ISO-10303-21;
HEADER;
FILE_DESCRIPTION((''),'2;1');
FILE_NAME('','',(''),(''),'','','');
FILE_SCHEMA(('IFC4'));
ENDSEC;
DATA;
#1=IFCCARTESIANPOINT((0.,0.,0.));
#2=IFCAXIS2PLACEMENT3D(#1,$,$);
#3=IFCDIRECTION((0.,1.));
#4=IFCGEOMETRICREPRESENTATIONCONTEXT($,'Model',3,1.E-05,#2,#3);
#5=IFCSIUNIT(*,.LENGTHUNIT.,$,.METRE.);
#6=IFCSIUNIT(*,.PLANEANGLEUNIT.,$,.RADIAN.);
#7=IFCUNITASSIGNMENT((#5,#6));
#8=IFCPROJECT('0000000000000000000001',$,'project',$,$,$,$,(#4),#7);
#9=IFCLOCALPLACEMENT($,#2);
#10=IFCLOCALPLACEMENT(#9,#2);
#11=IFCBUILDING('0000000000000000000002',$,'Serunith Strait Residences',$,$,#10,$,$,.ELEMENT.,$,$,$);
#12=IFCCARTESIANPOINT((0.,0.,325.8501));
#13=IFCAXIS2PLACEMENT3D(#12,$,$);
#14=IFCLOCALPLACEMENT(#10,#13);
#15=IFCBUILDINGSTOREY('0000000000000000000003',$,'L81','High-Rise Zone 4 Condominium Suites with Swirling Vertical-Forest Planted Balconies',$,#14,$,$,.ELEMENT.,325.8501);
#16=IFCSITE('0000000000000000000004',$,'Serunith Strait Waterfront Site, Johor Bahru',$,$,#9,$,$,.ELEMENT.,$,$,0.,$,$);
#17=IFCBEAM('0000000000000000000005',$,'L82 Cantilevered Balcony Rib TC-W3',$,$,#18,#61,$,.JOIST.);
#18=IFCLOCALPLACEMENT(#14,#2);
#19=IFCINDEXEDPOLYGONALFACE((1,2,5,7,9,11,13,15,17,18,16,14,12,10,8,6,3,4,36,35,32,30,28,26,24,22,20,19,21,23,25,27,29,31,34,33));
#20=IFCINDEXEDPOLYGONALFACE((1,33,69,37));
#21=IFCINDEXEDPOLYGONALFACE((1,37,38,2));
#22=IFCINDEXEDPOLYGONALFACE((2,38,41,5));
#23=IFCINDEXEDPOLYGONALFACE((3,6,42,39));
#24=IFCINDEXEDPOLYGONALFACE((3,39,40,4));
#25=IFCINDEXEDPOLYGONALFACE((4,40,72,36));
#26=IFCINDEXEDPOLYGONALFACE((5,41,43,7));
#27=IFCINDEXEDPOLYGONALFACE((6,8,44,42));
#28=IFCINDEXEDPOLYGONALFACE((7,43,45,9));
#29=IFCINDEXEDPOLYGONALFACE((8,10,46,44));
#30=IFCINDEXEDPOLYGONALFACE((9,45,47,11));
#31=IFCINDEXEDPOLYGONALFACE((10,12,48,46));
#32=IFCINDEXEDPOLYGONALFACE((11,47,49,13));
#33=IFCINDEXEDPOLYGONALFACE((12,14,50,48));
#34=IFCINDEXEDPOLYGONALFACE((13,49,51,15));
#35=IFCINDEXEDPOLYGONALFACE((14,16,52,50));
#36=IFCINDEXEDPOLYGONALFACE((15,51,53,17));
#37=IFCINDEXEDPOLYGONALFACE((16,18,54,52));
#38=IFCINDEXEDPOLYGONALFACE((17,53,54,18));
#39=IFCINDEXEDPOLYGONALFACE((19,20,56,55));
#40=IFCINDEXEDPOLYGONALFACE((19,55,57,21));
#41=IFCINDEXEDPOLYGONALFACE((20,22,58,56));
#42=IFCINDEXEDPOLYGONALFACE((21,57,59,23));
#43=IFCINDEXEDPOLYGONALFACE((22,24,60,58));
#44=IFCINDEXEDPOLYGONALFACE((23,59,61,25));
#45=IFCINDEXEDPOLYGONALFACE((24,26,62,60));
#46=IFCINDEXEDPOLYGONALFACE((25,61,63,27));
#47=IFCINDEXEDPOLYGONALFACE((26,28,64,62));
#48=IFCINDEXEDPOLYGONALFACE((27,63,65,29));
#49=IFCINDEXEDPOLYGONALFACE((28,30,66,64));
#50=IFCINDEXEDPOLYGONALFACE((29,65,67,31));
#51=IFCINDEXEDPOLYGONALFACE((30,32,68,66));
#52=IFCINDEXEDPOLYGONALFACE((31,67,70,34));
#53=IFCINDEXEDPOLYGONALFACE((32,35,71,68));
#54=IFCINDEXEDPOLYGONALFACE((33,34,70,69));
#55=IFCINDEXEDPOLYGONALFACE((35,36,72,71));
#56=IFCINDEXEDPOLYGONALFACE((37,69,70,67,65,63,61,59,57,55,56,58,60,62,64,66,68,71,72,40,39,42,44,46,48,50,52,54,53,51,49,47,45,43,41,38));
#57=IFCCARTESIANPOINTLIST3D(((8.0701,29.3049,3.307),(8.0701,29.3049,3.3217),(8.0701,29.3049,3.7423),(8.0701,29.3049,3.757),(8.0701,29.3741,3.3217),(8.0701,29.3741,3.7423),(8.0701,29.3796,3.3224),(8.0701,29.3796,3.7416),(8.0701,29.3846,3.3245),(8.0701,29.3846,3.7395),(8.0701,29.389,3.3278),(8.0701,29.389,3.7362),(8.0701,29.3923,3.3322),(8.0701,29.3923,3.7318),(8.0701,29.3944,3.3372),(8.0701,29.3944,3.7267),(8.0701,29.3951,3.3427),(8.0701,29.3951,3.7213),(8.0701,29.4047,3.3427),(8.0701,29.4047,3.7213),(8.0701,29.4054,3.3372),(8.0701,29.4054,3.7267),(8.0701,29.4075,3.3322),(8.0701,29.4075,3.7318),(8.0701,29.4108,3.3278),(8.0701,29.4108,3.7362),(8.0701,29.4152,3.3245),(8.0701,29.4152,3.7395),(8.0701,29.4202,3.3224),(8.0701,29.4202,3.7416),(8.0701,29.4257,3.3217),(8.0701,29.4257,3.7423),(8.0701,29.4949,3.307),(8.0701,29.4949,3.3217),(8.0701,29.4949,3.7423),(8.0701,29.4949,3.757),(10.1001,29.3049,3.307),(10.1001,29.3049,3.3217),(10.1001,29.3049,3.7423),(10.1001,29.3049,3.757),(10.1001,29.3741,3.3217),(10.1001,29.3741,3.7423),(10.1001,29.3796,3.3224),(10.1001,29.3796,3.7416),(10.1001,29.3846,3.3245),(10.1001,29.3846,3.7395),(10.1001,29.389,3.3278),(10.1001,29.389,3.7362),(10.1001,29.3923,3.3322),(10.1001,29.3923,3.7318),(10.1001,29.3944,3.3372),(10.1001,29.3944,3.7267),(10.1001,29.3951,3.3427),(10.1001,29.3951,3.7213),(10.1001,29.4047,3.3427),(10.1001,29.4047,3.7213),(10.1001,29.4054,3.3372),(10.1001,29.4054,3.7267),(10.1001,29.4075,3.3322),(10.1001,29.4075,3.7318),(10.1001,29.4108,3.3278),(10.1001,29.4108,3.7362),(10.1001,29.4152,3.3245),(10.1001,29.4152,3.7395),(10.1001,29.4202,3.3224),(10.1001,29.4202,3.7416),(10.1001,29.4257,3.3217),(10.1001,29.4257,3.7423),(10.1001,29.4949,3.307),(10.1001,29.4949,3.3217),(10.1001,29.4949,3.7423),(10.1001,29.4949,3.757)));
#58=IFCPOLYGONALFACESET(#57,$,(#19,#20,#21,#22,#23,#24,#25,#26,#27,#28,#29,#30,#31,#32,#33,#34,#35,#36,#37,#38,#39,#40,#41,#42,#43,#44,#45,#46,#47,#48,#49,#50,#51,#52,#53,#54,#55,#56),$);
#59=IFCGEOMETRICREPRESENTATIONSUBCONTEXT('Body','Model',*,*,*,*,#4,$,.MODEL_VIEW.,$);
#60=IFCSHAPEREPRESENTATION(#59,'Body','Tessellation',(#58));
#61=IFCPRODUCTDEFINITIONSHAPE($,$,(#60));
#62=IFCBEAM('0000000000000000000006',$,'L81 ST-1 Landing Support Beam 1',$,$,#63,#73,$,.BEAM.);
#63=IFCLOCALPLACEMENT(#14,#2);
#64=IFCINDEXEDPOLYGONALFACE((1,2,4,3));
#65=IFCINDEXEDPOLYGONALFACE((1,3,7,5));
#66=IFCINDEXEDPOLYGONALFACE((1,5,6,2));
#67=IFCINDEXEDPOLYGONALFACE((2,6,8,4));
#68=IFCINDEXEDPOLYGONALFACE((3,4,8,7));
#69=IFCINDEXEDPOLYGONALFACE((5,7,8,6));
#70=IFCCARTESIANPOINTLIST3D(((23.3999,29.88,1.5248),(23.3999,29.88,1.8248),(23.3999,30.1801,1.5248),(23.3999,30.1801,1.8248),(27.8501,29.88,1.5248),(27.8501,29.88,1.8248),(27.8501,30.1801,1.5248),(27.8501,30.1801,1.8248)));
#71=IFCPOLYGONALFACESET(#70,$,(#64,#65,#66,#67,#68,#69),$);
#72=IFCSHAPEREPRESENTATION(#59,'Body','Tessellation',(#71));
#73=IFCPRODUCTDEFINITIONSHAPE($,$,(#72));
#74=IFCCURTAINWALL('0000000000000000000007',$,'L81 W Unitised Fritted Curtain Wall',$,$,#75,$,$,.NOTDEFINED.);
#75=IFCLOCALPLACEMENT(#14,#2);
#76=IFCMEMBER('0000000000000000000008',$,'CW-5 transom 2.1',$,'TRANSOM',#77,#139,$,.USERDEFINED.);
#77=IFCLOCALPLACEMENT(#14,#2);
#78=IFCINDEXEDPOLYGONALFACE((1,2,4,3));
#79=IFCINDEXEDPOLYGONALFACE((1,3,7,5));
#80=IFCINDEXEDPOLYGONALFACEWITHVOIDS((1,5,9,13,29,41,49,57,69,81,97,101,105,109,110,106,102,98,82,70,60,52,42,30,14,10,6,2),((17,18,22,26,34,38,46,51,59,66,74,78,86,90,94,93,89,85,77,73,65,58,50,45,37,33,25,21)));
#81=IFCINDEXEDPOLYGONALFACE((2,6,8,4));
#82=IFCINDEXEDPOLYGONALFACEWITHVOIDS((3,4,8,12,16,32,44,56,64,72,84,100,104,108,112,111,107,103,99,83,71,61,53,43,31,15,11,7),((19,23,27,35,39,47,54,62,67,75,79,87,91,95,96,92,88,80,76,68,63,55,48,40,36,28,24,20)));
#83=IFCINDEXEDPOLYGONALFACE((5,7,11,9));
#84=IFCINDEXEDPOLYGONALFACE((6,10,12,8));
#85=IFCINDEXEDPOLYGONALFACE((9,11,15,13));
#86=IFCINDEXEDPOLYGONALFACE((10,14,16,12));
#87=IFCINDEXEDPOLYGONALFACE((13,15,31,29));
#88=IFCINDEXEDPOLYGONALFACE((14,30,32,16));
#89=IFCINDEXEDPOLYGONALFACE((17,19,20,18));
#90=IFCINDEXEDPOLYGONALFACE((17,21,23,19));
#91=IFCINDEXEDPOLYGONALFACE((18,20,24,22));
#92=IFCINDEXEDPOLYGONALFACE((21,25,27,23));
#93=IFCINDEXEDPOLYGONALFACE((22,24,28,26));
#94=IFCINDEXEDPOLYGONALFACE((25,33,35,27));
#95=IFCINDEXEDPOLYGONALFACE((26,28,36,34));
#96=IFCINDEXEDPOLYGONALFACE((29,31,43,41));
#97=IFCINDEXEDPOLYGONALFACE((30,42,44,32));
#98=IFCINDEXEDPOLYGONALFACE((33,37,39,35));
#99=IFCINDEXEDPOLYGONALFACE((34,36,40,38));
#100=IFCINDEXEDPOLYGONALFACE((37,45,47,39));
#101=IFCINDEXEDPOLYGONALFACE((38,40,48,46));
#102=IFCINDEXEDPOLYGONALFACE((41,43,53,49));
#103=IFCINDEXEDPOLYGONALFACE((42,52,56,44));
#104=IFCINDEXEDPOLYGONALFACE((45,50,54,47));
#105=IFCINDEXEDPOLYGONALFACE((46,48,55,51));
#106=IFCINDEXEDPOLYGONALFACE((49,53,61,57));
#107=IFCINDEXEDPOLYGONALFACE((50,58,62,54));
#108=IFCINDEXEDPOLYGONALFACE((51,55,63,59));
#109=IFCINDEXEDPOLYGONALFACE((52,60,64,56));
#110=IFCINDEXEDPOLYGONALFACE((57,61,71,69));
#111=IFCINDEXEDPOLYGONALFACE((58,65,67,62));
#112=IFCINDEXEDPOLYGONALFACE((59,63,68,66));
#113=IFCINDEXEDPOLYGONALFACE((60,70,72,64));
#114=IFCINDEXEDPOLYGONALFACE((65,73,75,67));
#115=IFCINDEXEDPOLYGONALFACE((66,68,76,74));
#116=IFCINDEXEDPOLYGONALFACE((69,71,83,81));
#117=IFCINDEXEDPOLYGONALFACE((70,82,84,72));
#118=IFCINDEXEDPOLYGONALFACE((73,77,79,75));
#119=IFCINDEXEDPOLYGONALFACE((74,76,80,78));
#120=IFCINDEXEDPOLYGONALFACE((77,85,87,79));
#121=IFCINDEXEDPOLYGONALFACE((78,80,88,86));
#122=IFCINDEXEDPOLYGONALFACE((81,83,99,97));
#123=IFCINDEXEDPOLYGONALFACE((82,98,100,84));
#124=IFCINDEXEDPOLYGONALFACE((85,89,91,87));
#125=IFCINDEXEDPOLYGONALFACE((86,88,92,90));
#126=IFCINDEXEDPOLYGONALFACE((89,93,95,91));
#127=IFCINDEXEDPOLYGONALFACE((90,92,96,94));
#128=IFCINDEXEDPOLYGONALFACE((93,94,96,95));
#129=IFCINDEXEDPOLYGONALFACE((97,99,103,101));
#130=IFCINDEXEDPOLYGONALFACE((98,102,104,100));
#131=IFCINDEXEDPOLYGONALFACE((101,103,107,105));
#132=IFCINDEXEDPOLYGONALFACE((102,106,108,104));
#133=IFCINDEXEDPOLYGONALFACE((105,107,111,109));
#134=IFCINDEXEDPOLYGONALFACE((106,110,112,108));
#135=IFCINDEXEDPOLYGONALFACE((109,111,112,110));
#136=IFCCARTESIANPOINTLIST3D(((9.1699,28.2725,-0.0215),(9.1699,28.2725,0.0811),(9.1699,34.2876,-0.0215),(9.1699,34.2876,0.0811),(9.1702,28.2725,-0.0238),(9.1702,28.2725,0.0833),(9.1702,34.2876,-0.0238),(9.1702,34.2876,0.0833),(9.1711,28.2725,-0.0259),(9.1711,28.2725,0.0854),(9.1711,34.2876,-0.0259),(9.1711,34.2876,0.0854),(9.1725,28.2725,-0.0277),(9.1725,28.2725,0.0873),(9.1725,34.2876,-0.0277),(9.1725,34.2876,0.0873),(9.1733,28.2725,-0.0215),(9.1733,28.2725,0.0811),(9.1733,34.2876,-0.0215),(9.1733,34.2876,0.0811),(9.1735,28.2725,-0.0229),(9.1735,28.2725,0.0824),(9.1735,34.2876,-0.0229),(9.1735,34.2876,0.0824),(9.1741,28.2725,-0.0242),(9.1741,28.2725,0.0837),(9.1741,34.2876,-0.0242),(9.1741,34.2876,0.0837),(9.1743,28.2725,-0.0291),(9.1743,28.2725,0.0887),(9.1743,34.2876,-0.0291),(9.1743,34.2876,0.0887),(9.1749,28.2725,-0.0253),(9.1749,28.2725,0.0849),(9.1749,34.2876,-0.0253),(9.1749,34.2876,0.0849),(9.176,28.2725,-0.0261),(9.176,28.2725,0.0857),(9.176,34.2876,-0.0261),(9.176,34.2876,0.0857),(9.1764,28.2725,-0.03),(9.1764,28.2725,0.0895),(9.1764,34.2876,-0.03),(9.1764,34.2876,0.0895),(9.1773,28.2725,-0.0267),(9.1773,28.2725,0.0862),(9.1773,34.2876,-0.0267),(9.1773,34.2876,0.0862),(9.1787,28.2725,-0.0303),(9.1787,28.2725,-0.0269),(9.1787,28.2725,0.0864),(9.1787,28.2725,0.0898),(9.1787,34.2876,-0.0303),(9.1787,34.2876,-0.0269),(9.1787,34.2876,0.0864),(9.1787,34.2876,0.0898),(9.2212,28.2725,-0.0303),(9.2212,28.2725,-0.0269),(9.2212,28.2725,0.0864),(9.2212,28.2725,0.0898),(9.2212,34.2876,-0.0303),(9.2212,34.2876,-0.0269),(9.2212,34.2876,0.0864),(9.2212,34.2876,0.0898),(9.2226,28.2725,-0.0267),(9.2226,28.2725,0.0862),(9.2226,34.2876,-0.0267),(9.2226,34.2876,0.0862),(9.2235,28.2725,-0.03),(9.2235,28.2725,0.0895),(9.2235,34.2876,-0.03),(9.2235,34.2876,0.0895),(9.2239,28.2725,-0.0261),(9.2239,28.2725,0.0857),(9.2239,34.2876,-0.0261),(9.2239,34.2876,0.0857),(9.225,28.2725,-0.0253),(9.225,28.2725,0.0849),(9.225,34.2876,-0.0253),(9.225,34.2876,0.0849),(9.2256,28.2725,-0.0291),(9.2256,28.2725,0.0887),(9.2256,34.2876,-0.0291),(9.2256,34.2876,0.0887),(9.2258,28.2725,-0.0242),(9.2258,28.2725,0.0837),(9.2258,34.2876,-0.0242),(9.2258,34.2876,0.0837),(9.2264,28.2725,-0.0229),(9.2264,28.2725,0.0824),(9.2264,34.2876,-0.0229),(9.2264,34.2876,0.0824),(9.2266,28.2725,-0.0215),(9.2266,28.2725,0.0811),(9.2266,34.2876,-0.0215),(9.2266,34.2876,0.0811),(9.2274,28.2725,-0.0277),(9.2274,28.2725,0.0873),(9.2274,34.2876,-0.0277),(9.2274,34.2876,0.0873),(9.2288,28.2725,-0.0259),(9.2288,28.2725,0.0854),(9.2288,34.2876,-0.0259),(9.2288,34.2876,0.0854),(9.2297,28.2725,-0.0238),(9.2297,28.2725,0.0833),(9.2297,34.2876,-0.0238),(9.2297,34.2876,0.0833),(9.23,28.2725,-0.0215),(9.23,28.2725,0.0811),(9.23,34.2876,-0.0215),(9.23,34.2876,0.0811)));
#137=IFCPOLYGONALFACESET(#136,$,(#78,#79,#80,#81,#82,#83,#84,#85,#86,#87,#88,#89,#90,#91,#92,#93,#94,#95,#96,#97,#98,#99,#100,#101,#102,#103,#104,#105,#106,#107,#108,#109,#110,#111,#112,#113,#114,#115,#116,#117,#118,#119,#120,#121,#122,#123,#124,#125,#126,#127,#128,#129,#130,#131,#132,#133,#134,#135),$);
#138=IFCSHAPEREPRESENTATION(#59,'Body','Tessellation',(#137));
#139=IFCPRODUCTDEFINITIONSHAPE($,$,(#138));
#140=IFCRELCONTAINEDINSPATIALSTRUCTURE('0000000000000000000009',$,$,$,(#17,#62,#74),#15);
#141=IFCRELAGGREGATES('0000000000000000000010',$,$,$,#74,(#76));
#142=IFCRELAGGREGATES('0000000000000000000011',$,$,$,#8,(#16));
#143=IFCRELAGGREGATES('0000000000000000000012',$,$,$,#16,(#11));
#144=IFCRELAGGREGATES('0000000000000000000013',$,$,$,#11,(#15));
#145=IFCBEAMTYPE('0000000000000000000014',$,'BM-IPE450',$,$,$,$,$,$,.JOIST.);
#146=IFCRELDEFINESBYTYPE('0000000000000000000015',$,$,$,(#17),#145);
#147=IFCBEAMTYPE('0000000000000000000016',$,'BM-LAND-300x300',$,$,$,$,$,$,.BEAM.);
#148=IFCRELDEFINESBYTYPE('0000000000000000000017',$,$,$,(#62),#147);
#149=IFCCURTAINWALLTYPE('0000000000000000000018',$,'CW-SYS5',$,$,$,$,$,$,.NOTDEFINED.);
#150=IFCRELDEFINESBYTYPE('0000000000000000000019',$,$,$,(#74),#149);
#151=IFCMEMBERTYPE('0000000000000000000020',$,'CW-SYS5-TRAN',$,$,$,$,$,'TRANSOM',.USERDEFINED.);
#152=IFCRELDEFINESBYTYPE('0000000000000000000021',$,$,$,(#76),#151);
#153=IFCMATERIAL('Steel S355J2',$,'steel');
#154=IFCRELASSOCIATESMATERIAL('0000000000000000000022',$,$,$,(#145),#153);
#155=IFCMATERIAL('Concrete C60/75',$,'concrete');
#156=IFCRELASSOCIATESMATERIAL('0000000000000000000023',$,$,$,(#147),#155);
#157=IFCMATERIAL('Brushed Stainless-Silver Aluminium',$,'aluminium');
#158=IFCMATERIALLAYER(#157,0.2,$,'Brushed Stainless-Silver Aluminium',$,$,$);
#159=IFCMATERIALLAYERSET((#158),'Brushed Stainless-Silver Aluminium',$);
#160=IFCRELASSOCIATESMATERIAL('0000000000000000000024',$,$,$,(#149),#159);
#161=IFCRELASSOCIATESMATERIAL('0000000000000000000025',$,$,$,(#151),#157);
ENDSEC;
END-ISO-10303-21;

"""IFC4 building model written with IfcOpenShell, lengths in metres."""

from ifc_helpers import new_model, si_unit, direction, frame, origin, origin_2d, place, context, subcontext, project, spatial, rectangle, hollow_rectangle, i_section, extrude, source, transform, mapped, material, layer, layer_set, material_profile, profile_set, type_object, element, aggregate, save


model = new_model("IFC4")

# Units and contexts
model_context = context("Model", 3, precision=1e-05, world=origin(), true_north=direction((0.0, 1.0)))
body_context = subcontext(model_context, "Body", "Model", "MODEL_VIEW")
ifc_project = project(units=[si_unit("LENGTHUNIT", "METRE"), si_unit("PLANEANGLEUNIT", "RADIAN")], contexts=[model_context])

# Site, building, storey
site_placement = place(None, origin())
site = spatial("IfcSite", under=ifc_project, at=site_placement, Name="Serunith Strait Waterfront Site, Johor Bahru", CompositionType="ELEMENT", RefElevation=0.0)
building_placement = place(site_placement, origin())
building = spatial("IfcBuilding", under=site, at=building_placement, Name="Serunith Strait Residences", CompositionType="ELEMENT")
storey_placement = place(building_placement, frame((0.0, 0.0, 325.8501)))
storey = spatial("IfcBuildingStorey", under=building, at=storey_placement, Name="L81", Description="High-Rise Zone 4 Condominium Suites with Swirling Vertical-Forest Planted Balconies", CompositionType="ELEMENT", Elevation=325.8501)

# Beams
ifc_material_1 = material(Name="Steel S355J2", Category="steel")
ifc_material_profile_1 = material_profile(ifc_material_1, i_section(OverallWidth=0.1899, OverallDepth=0.45, WebThickness=0.0095, FlangeThickness=0.0146, FilletRadius=0.021, at=origin_2d()), Name="IPE 450")
ifc_profile_set_1 = profile_set([ifc_material_profile_1], Name="Steel S355J2")
beam_type_1 = type_object("IfcBeamType", Name="BM-IPE450", PredefinedType="JOIST", material=ifc_profile_set_1)
shared_shape_1 = source(origin(), body_context, "Body", "SweptSolid", [
    extrude(i_section(OverallWidth=0.1899, OverallDepth=0.45, WebThickness=0.0095, FlangeThickness=0.0146, FilletRadius=0.021, at=origin_2d()), origin(), (0.0, 0.0, 1.0), 2.03),
])
beam_1_placement = place(storey_placement, frame((10.1001, 29.3999, 3.532), z_axis=(-1.0, 0.0, 0.0), x_axis=(0.0, -1.0, 0.0)))
element("IfcBeam", 1, at=beam_1_placement, inside=storey, type_object=beam_type_1, Name="L82 Cantilevered Balcony Rib TC-W3", PredefinedType="JOIST", context=body_context, shape_type="MappedRepresentation", body=[
    mapped(shared_shape_1, transform((0.0, 0.0, 0.0), scale=1.0)),
])
ifc_material_2 = material(Name="Concrete C60/75", Category="concrete")
ifc_material_profile_2 = material_profile(ifc_material_2, rectangle(XDim=0.3, YDim=0.3, at=origin_2d()), Name="RC 300x300")
ifc_profile_set_2 = profile_set([ifc_material_profile_2], Name="Concrete C60/75")
beam_type_2 = type_object("IfcBeamType", Name="BM-LAND-300x300", PredefinedType="BEAM", material=ifc_profile_set_2)
shared_shape_2 = source(origin(), body_context, "Body", "SweptSolid", [
    extrude(rectangle(XDim=0.3, YDim=0.3, at=origin_2d()), origin(), (0.0, 0.0, 1.0), 4.4502),
])
beam_2_placement = place(storey_placement, frame((23.3999, 30.03, 1.6748), z_axis=(1.0, 0.0, 0.0), x_axis=(0.0, 1.0, 0.0)))
element("IfcBeam", 2, at=beam_2_placement, inside=storey, type_object=beam_type_2, Name="L81 ST-1 Landing Support Beam 1", PredefinedType="BEAM", context=body_context, shape_type="MappedRepresentation", body=[
    mapped(shared_shape_2, transform((0.0, 0.0, 0.0), scale=1.0)),
])

# Curtain wall, member
ifc_material_3 = material(Name="Brushed Stainless-Silver Aluminium", Category="aluminium")
ifc_layer_1 = layer(ifc_material_3, 0.2, Name="Brushed Stainless-Silver Aluminium")
ifc_layer_set_1 = layer_set([ifc_layer_1], Name="Brushed Stainless-Silver Aluminium")
curtain_wall_type = type_object("IfcCurtainWallType", Name="CW-SYS5", PredefinedType="NOTDEFINED", material=ifc_layer_set_1)
curtain_wall_placement = place(storey_placement, origin())
curtain_wall = element("IfcCurtainWall", 3, at=curtain_wall_placement, inside=storey, type_object=curtain_wall_type, Name="L81 W Unitised Fritted Curtain Wall", PredefinedType="NOTDEFINED")
ifc_material_profile_3 = material_profile(ifc_material_3, hollow_rectangle(XDim=0.0601, YDim=0.1201, WallThickness=0.0034, InnerFilletRadius=0.0054, OuterFilletRadius=0.0088, at=origin_2d()), Name="ALU 120x60x3.5")
ifc_profile_set_3 = profile_set([ifc_material_profile_3], Name="Brushed Stainless-Silver Aluminium")
member_type_1 = type_object("IfcMemberType", Name="CW-SYS5-TRAN", ElementType="TRANSOM", PredefinedType="USERDEFINED", material=ifc_profile_set_3)
shared_shape_3 = source(origin(), body_context, "Body", "SweptSolid", [
    extrude(hollow_rectangle(XDim=0.0601, YDim=0.1201, WallThickness=0.0034, InnerFilletRadius=0.0054, OuterFilletRadius=0.0088, at=origin_2d()), origin(), (0.0, 0.0, 1.0), 6.0151),
])
member_1_placement = place(storey_placement, frame((9.2, 34.2876, 0.0298), z_axis=(0.0, -1.0, 0.0), x_axis=(1.0, 0.0, 0.0)))
member_1 = element("IfcMember", 4, at=member_1_placement, type_object=member_type_1, Name="CW-5 transom 2.1", ObjectType="TRANSOM", PredefinedType="USERDEFINED", context=body_context, shape_type="MappedRepresentation", body=[
    mapped(shared_shape_3, transform((0.0, 0.0, 0.0), scale=1.0)),
])
aggregate(curtain_wall, [member_1])

save(model, "model.ifc")
